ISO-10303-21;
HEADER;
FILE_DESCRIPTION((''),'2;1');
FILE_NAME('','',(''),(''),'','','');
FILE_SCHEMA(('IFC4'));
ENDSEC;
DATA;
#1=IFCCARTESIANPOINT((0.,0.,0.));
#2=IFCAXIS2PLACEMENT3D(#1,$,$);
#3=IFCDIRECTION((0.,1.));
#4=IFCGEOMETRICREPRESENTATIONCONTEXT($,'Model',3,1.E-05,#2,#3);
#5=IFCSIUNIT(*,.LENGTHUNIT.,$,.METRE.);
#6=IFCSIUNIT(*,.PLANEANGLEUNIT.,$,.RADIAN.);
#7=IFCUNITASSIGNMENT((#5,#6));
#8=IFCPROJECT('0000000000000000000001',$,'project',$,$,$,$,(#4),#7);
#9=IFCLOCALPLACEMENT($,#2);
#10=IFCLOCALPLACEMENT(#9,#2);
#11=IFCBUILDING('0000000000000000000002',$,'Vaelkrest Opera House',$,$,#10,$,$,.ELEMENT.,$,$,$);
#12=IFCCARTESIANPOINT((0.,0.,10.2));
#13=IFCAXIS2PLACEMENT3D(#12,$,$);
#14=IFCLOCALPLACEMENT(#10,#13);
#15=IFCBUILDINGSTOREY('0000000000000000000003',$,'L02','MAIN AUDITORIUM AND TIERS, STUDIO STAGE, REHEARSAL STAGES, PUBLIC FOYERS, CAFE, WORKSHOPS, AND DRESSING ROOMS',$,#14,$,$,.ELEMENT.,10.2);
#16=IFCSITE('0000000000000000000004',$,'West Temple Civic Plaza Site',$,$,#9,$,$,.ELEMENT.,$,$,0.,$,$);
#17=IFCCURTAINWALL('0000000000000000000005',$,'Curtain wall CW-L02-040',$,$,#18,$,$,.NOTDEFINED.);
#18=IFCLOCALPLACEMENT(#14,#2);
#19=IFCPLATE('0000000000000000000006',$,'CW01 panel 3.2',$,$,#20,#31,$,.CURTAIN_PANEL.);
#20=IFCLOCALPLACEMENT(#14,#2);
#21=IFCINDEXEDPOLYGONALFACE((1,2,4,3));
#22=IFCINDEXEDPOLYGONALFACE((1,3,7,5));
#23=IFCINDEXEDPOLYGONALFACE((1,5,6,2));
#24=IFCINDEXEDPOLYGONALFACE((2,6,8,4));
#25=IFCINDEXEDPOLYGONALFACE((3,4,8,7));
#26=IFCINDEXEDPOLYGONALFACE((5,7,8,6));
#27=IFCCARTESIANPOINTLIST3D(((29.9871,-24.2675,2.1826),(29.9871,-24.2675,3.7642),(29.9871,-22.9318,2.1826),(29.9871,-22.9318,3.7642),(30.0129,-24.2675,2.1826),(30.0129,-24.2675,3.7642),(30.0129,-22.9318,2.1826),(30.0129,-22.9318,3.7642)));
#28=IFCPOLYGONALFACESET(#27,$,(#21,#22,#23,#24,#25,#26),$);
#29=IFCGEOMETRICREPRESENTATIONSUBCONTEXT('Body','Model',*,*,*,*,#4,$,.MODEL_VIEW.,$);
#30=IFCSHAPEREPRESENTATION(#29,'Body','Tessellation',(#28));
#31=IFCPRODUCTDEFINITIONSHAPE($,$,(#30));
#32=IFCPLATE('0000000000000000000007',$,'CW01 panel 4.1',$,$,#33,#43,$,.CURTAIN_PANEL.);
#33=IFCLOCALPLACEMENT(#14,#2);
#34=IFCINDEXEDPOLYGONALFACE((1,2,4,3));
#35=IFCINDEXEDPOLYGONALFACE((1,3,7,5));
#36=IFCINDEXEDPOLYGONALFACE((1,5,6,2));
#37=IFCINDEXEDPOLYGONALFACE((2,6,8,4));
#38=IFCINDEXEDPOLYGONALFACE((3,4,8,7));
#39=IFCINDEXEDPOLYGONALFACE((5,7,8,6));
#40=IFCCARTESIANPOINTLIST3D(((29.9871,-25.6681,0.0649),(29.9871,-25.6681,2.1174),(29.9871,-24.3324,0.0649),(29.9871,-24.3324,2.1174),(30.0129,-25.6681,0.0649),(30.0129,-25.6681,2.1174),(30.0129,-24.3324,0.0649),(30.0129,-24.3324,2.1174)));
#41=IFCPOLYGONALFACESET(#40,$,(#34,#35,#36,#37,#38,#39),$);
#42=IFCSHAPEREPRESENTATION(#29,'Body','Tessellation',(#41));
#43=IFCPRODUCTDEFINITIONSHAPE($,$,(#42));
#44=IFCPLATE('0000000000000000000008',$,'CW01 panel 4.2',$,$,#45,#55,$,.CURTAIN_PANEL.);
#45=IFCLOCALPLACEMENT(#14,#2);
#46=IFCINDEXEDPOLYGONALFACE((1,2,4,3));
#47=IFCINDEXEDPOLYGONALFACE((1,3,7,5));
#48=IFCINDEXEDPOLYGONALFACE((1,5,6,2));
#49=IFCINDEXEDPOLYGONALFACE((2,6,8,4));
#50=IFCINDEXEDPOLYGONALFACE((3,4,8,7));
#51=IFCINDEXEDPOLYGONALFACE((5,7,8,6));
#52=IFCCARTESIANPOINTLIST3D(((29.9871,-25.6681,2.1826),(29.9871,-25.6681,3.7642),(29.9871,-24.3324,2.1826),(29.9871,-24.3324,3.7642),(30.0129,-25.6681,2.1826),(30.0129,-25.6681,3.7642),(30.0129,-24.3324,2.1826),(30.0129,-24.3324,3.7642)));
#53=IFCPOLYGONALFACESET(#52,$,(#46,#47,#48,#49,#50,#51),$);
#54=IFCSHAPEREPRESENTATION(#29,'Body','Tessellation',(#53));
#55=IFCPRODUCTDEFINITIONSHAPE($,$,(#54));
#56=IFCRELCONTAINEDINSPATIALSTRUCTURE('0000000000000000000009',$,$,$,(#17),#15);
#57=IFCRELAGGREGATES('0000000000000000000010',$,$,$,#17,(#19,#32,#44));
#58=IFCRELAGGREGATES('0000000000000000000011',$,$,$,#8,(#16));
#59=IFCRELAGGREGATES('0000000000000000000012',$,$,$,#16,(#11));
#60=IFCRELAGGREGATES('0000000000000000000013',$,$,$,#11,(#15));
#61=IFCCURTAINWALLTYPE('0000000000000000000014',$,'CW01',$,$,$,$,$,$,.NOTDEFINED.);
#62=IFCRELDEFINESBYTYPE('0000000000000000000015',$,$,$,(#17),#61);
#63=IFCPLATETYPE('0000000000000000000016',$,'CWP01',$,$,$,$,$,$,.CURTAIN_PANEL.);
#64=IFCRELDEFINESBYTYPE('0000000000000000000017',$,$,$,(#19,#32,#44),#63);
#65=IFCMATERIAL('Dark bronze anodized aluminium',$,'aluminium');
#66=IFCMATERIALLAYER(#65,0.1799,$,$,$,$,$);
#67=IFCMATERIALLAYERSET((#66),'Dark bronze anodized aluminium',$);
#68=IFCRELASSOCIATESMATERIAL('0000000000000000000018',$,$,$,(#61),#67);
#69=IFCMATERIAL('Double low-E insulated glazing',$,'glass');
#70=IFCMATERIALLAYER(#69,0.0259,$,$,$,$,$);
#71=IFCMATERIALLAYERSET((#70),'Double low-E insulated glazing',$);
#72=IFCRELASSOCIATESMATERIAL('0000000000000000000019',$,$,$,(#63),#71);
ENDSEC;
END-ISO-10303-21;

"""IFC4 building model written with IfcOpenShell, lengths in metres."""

from ifc_helpers import new_model, si_unit, direction, frame, origin, origin_2d, place, context, subcontext, project, spatial, rectangle, extrude, material, layer, layer_set, type_object, element, aggregate, save


model = new_model("IFC4")

# Units and contexts
model_context = context("Model", 3, precision=1e-05, world=origin(), true_north=direction((0.0, 1.0)))
body_context = subcontext(model_context, "Body", "Model", "MODEL_VIEW")
ifc_project = project(units=[si_unit("LENGTHUNIT", "METRE"), si_unit("PLANEANGLEUNIT", "RADIAN")], contexts=[model_context])

# Site, building, storey
site_placement = place(None, origin())
site = spatial("IfcSite", under=ifc_project, at=site_placement, Name="West Temple Civic Plaza Site", CompositionType="ELEMENT", RefElevation=0.0)
building_placement = place(site_placement, origin())
building = spatial("IfcBuilding", under=site, at=building_placement, Name="Vaelkrest Opera House", CompositionType="ELEMENT")
storey_placement = place(building_placement, frame((0.0, 0.0, 10.2)))
storey = spatial("IfcBuildingStorey", under=building, at=storey_placement, Name="L02", Description="MAIN AUDITORIUM AND TIERS, STUDIO STAGE, REHEARSAL STAGES, PUBLIC FOYERS, CAFE, WORKSHOPS, AND DRESSING ROOMS", CompositionType="ELEMENT", Elevation=10.2)

# Curtain wall, plates
ifc_material_1 = material(Name="Dark bronze anodized aluminium", Category="aluminium")
ifc_layer_1 = layer(ifc_material_1, 0.1799)
ifc_layer_set_1 = layer_set([ifc_layer_1], Name="Dark bronze anodized aluminium")
curtain_wall_type = type_object("IfcCurtainWallType", Name="CW01", PredefinedType="NOTDEFINED", material=ifc_layer_set_1)
curtain_wall_placement = place(storey_placement, origin())
curtain_wall = element("IfcCurtainWall", 1, at=curtain_wall_placement, inside=storey, type_object=curtain_wall_type, Name="Curtain wall CW-L02-040", PredefinedType="NOTDEFINED")
ifc_material_2 = material(Name="Double low-E insulated glazing", Category="glass")
ifc_layer_2 = layer(ifc_material_2, 0.0259)
ifc_layer_set_2 = layer_set([ifc_layer_2], Name="Double low-E insulated glazing")
plate_type = type_object("IfcPlateType", Name="CWP01", PredefinedType="CURTAIN_PANEL", material=ifc_layer_set_2)
plate_1_placement = place(storey_placement, frame((30.0, -23.5996, 2.1826), z_axis=(0.0, 0.0, 1.0), x_axis=(0.0, -1.0, 0.0)))
plate_1 = element("IfcPlate", 2, at=plate_1_placement, type_object=plate_type, Name="CW01 panel 3.2", PredefinedType="CURTAIN_PANEL", context=body_context, shape_type="SweptSolid", body=[
    extrude(rectangle(XDim=1.3357, YDim=0.0259, at=origin_2d()), origin(), (0.0, 0.0, 1.0), 1.5815),
])
plate_2_placement = place(storey_placement, frame((30.0, -25.0002, 0.0649), z_axis=(0.0, 0.0, 1.0), x_axis=(0.0, -1.0, 0.0)))
plate_2 = element("IfcPlate", 3, at=plate_2_placement, type_object=plate_type, Name="CW01 panel 4.1", PredefinedType="CURTAIN_PANEL", context=body_context, shape_type="SweptSolid", body=[
    extrude(rectangle(XDim=1.3357, YDim=0.0259, at=origin_2d()), origin(), (0.0, 0.0, 1.0), 2.0525),
])
plate_3_placement = place(storey_placement, frame((30.0, -25.0002, 2.1826), z_axis=(0.0, 0.0, 1.0), x_axis=(0.0, -1.0, 0.0)))
plate_3 = element("IfcPlate", 4, at=plate_3_placement, type_object=plate_type, Name="CW01 panel 4.2", PredefinedType="CURTAIN_PANEL", context=body_context, shape_type="SweptSolid", body=[
    extrude(rectangle(XDim=1.3357, YDim=0.0259, at=origin_2d()), origin(), (0.0, 0.0, 1.0), 1.5815),
])
aggregate(curtain_wall, [plate_1, plate_2, plate_3])

save(model, "model.ifc")
